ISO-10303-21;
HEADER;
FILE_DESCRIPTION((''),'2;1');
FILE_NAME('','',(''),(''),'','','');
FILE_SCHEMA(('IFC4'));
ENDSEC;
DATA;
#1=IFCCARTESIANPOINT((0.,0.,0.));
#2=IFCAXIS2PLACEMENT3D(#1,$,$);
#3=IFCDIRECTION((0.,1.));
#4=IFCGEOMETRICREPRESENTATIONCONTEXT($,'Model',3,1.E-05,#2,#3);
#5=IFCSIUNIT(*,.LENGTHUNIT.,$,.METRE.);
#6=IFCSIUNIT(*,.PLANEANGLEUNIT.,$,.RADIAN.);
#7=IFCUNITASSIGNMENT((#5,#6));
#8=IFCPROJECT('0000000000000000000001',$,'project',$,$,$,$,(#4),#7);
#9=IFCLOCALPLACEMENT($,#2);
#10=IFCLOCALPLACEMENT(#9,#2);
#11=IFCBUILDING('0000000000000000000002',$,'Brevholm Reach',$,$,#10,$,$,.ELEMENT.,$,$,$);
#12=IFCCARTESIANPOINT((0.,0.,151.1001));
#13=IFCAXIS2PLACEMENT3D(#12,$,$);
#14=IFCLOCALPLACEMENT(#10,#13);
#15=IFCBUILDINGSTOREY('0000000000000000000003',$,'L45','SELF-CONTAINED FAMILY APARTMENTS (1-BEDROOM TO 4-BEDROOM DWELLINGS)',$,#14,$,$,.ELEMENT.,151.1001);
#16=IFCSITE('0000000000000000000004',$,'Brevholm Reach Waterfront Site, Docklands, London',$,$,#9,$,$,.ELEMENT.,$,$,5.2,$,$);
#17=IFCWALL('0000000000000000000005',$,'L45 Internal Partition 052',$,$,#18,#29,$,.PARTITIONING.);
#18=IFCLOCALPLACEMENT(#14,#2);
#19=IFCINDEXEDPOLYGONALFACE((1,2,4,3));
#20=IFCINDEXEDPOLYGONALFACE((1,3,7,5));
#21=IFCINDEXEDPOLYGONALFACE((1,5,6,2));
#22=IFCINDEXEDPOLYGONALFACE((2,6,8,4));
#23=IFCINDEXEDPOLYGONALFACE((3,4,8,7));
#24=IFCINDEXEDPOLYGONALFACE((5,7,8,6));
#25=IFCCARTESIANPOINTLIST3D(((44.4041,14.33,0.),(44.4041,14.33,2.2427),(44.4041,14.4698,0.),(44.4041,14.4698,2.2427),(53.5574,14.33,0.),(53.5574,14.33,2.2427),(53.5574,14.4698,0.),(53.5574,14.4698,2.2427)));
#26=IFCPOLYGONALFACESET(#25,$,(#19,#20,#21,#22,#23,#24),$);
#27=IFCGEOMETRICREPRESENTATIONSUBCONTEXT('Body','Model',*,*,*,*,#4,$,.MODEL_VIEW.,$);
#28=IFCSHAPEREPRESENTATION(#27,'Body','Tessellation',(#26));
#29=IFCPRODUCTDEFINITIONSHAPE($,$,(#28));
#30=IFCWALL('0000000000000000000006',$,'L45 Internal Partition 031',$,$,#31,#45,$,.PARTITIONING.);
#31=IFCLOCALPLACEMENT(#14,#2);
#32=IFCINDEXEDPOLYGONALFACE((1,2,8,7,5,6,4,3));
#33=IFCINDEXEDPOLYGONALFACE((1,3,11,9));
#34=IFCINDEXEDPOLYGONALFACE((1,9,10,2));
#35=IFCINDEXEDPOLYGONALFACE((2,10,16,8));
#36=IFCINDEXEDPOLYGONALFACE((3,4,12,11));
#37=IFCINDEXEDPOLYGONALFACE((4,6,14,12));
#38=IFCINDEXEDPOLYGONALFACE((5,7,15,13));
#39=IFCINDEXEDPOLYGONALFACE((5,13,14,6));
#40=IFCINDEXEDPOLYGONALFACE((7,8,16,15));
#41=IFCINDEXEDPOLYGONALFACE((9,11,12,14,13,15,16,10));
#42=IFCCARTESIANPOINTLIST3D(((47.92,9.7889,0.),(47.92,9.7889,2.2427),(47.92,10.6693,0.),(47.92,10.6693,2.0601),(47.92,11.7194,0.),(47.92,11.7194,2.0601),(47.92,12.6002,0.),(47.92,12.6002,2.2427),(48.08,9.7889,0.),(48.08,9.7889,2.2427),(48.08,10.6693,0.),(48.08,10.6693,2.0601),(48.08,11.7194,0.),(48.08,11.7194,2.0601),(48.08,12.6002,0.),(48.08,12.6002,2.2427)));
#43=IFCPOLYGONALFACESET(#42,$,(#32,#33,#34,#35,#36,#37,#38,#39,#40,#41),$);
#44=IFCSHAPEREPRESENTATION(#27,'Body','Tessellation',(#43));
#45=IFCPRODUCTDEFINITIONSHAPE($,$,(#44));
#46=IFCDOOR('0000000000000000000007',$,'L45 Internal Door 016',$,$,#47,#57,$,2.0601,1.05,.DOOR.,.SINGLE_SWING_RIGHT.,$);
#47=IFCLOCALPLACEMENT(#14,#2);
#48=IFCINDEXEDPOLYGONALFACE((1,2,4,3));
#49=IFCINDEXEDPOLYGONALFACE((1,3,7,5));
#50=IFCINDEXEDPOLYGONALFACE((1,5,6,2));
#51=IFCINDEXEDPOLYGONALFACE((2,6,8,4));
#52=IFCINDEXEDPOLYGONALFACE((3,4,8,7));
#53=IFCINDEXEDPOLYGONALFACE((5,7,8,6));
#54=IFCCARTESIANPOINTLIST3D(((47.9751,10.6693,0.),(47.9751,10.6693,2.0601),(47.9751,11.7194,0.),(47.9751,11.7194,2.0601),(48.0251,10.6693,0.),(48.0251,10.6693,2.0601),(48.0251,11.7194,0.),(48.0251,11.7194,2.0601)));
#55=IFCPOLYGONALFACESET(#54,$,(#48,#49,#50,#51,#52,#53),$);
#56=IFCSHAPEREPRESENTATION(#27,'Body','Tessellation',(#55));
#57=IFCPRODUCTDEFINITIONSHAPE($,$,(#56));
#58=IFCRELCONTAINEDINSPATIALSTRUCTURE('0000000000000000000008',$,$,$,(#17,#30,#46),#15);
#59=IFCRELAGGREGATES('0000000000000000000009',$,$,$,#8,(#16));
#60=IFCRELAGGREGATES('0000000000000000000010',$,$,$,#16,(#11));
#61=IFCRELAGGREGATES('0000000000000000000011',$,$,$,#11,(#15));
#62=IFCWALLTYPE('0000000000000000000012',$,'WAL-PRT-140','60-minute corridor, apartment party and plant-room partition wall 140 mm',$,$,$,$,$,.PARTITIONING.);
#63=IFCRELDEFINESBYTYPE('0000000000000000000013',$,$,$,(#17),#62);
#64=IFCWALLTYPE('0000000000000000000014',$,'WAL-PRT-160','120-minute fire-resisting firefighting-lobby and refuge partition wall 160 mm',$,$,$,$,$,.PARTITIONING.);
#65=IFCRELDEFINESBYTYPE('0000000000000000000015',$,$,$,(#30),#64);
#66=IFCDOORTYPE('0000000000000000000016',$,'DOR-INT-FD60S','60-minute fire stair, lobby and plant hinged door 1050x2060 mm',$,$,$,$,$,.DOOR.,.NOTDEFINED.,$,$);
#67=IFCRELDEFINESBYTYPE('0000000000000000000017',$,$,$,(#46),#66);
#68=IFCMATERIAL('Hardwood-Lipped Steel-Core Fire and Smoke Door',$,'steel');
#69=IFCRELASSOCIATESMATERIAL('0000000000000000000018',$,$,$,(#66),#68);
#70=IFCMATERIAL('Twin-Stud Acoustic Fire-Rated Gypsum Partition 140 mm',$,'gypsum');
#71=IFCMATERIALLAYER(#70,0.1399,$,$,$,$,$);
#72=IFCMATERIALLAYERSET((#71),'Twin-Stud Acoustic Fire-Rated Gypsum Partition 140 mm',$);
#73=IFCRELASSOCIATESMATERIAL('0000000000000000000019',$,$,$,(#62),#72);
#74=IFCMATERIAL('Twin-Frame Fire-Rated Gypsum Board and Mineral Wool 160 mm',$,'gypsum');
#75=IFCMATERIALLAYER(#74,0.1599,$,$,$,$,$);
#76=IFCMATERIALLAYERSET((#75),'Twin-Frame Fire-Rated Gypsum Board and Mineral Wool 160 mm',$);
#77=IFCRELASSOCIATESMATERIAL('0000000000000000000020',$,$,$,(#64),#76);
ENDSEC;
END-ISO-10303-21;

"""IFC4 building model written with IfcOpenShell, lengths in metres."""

from ifc_helpers import new_model, si_unit, direction, frame, frame_2d, origin, place, context, subcontext, project, spatial, rectangle, extrude, material, layer, layer_set, type_object, element, fill, save


model = new_model("IFC4")

# Units and contexts
model_context = context("Model", 3, precision=1e-05, world=origin(), true_north=direction((0.0, 1.0)))
body_context = subcontext(model_context, "Body", "Model", "MODEL_VIEW")
ifc_project = project(units=[si_unit("LENGTHUNIT", "METRE"), si_unit("PLANEANGLEUNIT", "RADIAN")], contexts=[model_context])

# Site, building, storey
site_placement = place(None, origin())
site = spatial("IfcSite", under=ifc_project, at=site_placement, Name="Brevholm Reach Waterfront Site, Docklands, London", CompositionType="ELEMENT", RefElevation=5.2)
building_placement = place(site_placement, origin())
building = spatial("IfcBuilding", under=site, at=building_placement, Name="Brevholm Reach", CompositionType="ELEMENT")
storey_placement = place(building_placement, frame((0.0, 0.0, 151.1001)))
storey = spatial("IfcBuildingStorey", under=building, at=storey_placement, Name="L45", Description="SELF-CONTAINED FAMILY APARTMENTS (1-BEDROOM TO 4-BEDROOM DWELLINGS)", CompositionType="ELEMENT", Elevation=151.1001)

# Shared definitions
ifc_material_1 = material(Name="Hardwood-Lipped Steel-Core Fire and Smoke Door", Category="steel")
door_type_1 = type_object("IfcDoorType", Name="DOR-INT-FD60S", Description="60-minute fire stair, lobby and plant hinged door 1050x2060 mm", OperationType="NOTDEFINED", PredefinedType="DOOR", material=ifc_material_1)

# Shared definitions
ifc_material_2 = material(Name="Twin-Stud Acoustic Fire-Rated Gypsum Partition 140 mm", Category="gypsum")
ifc_layer_1 = layer(ifc_material_2, 0.1399)
ifc_layer_set_1 = layer_set([ifc_layer_1], Name="Twin-Stud Acoustic Fire-Rated Gypsum Partition 140 mm")
wall_type_1 = type_object("IfcWallType", Name="WAL-PRT-140", Description="60-minute corridor, apartment party and plant-room partition wall 140 mm", PredefinedType="PARTITIONING", material=ifc_layer_set_1)

# Wall
wall_1_placement = place(storey_placement, frame((44.4041, 14.3999, 0.0), z_axis=(0.0, 0.0, 1.0), x_axis=(1.0, 0.0, 0.0)))
element("IfcWall", 1, at=wall_1_placement, inside=storey, type_object=wall_type_1, Name="L45 Internal Partition 052", PredefinedType="PARTITIONING", context=body_context, shape_type="SweptSolid", body=[
    extrude(rectangle(XDim=9.1533, YDim=0.1399, at=frame_2d((4.5767, 0.0))), origin(), (0.0, 0.0, 1.0), 2.2427),
])

# Wall, opening, door
ifc_material_3 = material(Name="Twin-Frame Fire-Rated Gypsum Board and Mineral Wool 160 mm", Category="gypsum")
ifc_layer_2 = layer(ifc_material_3, 0.1599)
ifc_layer_set_2 = layer_set([ifc_layer_2], Name="Twin-Frame Fire-Rated Gypsum Board and Mineral Wool 160 mm")
wall_type_2 = type_object("IfcWallType", Name="WAL-PRT-160", Description="120-minute fire-resisting firefighting-lobby and refuge partition wall 160 mm", PredefinedType="PARTITIONING", material=ifc_layer_set_2)
wall_2_placement = place(storey_placement, frame((48.0, 9.7888, 0.0), z_axis=(0.0, 0.0, 1.0), x_axis=(0.0, 1.0, 0.0)))
wall_2 = element("IfcWall", 2, at=wall_2_placement, inside=storey, type_object=wall_type_2, Name="L45 Internal Partition 031", PredefinedType="PARTITIONING", context=body_context, shape_type="SweptSolid", body=[
    extrude(rectangle(XDim=2.8113, YDim=0.1599, at=frame_2d((1.4058, 0.0))), origin(), (0.0, 0.0, 1.0), 2.2427),
])
opening_1_placement = place(wall_2_placement, frame((0.8806, 0.0, 0.0)))
opening_1 = element("IfcOpeningElement", 3, at=opening_1_placement, cuts=wall_2, PredefinedType="OPENING", context=body_context, shape_type="SweptSolid", body=[
    extrude(rectangle(XDim=1.05, YDim=2.0601, at=frame_2d((0.5249, 1.03))), frame((0.0, 0.0898, 0.0), z_axis=(0.0, -1.0, 0.0), x_axis=(1.0, 0.0, 0.0)), (0.0, 0.0, 1.0), 0.1799),
])
door_1_placement = place(opening_1_placement, origin())
door_1 = element("IfcDoor", 4, at=door_1_placement, inside=storey, type_object=door_type_1, Name="L45 Internal Door 016", OperationType="SINGLE_SWING_RIGHT", OverallHeight=2.0601, OverallWidth=1.05, PredefinedType="DOOR", context=body_context, shape_type="SweptSolid", body=[
    extrude(rectangle(XDim=1.05, YDim=2.0601, at=frame_2d((0.5249, 1.03))), frame((0.0, 0.0249, 0.0), z_axis=(0.0, -1.0, 0.0), x_axis=(1.0, 0.0, 0.0)), (0.0, 0.0, 1.0), 0.05),
])
fill(opening_1, door_1)

save(model, "model.ifc")
